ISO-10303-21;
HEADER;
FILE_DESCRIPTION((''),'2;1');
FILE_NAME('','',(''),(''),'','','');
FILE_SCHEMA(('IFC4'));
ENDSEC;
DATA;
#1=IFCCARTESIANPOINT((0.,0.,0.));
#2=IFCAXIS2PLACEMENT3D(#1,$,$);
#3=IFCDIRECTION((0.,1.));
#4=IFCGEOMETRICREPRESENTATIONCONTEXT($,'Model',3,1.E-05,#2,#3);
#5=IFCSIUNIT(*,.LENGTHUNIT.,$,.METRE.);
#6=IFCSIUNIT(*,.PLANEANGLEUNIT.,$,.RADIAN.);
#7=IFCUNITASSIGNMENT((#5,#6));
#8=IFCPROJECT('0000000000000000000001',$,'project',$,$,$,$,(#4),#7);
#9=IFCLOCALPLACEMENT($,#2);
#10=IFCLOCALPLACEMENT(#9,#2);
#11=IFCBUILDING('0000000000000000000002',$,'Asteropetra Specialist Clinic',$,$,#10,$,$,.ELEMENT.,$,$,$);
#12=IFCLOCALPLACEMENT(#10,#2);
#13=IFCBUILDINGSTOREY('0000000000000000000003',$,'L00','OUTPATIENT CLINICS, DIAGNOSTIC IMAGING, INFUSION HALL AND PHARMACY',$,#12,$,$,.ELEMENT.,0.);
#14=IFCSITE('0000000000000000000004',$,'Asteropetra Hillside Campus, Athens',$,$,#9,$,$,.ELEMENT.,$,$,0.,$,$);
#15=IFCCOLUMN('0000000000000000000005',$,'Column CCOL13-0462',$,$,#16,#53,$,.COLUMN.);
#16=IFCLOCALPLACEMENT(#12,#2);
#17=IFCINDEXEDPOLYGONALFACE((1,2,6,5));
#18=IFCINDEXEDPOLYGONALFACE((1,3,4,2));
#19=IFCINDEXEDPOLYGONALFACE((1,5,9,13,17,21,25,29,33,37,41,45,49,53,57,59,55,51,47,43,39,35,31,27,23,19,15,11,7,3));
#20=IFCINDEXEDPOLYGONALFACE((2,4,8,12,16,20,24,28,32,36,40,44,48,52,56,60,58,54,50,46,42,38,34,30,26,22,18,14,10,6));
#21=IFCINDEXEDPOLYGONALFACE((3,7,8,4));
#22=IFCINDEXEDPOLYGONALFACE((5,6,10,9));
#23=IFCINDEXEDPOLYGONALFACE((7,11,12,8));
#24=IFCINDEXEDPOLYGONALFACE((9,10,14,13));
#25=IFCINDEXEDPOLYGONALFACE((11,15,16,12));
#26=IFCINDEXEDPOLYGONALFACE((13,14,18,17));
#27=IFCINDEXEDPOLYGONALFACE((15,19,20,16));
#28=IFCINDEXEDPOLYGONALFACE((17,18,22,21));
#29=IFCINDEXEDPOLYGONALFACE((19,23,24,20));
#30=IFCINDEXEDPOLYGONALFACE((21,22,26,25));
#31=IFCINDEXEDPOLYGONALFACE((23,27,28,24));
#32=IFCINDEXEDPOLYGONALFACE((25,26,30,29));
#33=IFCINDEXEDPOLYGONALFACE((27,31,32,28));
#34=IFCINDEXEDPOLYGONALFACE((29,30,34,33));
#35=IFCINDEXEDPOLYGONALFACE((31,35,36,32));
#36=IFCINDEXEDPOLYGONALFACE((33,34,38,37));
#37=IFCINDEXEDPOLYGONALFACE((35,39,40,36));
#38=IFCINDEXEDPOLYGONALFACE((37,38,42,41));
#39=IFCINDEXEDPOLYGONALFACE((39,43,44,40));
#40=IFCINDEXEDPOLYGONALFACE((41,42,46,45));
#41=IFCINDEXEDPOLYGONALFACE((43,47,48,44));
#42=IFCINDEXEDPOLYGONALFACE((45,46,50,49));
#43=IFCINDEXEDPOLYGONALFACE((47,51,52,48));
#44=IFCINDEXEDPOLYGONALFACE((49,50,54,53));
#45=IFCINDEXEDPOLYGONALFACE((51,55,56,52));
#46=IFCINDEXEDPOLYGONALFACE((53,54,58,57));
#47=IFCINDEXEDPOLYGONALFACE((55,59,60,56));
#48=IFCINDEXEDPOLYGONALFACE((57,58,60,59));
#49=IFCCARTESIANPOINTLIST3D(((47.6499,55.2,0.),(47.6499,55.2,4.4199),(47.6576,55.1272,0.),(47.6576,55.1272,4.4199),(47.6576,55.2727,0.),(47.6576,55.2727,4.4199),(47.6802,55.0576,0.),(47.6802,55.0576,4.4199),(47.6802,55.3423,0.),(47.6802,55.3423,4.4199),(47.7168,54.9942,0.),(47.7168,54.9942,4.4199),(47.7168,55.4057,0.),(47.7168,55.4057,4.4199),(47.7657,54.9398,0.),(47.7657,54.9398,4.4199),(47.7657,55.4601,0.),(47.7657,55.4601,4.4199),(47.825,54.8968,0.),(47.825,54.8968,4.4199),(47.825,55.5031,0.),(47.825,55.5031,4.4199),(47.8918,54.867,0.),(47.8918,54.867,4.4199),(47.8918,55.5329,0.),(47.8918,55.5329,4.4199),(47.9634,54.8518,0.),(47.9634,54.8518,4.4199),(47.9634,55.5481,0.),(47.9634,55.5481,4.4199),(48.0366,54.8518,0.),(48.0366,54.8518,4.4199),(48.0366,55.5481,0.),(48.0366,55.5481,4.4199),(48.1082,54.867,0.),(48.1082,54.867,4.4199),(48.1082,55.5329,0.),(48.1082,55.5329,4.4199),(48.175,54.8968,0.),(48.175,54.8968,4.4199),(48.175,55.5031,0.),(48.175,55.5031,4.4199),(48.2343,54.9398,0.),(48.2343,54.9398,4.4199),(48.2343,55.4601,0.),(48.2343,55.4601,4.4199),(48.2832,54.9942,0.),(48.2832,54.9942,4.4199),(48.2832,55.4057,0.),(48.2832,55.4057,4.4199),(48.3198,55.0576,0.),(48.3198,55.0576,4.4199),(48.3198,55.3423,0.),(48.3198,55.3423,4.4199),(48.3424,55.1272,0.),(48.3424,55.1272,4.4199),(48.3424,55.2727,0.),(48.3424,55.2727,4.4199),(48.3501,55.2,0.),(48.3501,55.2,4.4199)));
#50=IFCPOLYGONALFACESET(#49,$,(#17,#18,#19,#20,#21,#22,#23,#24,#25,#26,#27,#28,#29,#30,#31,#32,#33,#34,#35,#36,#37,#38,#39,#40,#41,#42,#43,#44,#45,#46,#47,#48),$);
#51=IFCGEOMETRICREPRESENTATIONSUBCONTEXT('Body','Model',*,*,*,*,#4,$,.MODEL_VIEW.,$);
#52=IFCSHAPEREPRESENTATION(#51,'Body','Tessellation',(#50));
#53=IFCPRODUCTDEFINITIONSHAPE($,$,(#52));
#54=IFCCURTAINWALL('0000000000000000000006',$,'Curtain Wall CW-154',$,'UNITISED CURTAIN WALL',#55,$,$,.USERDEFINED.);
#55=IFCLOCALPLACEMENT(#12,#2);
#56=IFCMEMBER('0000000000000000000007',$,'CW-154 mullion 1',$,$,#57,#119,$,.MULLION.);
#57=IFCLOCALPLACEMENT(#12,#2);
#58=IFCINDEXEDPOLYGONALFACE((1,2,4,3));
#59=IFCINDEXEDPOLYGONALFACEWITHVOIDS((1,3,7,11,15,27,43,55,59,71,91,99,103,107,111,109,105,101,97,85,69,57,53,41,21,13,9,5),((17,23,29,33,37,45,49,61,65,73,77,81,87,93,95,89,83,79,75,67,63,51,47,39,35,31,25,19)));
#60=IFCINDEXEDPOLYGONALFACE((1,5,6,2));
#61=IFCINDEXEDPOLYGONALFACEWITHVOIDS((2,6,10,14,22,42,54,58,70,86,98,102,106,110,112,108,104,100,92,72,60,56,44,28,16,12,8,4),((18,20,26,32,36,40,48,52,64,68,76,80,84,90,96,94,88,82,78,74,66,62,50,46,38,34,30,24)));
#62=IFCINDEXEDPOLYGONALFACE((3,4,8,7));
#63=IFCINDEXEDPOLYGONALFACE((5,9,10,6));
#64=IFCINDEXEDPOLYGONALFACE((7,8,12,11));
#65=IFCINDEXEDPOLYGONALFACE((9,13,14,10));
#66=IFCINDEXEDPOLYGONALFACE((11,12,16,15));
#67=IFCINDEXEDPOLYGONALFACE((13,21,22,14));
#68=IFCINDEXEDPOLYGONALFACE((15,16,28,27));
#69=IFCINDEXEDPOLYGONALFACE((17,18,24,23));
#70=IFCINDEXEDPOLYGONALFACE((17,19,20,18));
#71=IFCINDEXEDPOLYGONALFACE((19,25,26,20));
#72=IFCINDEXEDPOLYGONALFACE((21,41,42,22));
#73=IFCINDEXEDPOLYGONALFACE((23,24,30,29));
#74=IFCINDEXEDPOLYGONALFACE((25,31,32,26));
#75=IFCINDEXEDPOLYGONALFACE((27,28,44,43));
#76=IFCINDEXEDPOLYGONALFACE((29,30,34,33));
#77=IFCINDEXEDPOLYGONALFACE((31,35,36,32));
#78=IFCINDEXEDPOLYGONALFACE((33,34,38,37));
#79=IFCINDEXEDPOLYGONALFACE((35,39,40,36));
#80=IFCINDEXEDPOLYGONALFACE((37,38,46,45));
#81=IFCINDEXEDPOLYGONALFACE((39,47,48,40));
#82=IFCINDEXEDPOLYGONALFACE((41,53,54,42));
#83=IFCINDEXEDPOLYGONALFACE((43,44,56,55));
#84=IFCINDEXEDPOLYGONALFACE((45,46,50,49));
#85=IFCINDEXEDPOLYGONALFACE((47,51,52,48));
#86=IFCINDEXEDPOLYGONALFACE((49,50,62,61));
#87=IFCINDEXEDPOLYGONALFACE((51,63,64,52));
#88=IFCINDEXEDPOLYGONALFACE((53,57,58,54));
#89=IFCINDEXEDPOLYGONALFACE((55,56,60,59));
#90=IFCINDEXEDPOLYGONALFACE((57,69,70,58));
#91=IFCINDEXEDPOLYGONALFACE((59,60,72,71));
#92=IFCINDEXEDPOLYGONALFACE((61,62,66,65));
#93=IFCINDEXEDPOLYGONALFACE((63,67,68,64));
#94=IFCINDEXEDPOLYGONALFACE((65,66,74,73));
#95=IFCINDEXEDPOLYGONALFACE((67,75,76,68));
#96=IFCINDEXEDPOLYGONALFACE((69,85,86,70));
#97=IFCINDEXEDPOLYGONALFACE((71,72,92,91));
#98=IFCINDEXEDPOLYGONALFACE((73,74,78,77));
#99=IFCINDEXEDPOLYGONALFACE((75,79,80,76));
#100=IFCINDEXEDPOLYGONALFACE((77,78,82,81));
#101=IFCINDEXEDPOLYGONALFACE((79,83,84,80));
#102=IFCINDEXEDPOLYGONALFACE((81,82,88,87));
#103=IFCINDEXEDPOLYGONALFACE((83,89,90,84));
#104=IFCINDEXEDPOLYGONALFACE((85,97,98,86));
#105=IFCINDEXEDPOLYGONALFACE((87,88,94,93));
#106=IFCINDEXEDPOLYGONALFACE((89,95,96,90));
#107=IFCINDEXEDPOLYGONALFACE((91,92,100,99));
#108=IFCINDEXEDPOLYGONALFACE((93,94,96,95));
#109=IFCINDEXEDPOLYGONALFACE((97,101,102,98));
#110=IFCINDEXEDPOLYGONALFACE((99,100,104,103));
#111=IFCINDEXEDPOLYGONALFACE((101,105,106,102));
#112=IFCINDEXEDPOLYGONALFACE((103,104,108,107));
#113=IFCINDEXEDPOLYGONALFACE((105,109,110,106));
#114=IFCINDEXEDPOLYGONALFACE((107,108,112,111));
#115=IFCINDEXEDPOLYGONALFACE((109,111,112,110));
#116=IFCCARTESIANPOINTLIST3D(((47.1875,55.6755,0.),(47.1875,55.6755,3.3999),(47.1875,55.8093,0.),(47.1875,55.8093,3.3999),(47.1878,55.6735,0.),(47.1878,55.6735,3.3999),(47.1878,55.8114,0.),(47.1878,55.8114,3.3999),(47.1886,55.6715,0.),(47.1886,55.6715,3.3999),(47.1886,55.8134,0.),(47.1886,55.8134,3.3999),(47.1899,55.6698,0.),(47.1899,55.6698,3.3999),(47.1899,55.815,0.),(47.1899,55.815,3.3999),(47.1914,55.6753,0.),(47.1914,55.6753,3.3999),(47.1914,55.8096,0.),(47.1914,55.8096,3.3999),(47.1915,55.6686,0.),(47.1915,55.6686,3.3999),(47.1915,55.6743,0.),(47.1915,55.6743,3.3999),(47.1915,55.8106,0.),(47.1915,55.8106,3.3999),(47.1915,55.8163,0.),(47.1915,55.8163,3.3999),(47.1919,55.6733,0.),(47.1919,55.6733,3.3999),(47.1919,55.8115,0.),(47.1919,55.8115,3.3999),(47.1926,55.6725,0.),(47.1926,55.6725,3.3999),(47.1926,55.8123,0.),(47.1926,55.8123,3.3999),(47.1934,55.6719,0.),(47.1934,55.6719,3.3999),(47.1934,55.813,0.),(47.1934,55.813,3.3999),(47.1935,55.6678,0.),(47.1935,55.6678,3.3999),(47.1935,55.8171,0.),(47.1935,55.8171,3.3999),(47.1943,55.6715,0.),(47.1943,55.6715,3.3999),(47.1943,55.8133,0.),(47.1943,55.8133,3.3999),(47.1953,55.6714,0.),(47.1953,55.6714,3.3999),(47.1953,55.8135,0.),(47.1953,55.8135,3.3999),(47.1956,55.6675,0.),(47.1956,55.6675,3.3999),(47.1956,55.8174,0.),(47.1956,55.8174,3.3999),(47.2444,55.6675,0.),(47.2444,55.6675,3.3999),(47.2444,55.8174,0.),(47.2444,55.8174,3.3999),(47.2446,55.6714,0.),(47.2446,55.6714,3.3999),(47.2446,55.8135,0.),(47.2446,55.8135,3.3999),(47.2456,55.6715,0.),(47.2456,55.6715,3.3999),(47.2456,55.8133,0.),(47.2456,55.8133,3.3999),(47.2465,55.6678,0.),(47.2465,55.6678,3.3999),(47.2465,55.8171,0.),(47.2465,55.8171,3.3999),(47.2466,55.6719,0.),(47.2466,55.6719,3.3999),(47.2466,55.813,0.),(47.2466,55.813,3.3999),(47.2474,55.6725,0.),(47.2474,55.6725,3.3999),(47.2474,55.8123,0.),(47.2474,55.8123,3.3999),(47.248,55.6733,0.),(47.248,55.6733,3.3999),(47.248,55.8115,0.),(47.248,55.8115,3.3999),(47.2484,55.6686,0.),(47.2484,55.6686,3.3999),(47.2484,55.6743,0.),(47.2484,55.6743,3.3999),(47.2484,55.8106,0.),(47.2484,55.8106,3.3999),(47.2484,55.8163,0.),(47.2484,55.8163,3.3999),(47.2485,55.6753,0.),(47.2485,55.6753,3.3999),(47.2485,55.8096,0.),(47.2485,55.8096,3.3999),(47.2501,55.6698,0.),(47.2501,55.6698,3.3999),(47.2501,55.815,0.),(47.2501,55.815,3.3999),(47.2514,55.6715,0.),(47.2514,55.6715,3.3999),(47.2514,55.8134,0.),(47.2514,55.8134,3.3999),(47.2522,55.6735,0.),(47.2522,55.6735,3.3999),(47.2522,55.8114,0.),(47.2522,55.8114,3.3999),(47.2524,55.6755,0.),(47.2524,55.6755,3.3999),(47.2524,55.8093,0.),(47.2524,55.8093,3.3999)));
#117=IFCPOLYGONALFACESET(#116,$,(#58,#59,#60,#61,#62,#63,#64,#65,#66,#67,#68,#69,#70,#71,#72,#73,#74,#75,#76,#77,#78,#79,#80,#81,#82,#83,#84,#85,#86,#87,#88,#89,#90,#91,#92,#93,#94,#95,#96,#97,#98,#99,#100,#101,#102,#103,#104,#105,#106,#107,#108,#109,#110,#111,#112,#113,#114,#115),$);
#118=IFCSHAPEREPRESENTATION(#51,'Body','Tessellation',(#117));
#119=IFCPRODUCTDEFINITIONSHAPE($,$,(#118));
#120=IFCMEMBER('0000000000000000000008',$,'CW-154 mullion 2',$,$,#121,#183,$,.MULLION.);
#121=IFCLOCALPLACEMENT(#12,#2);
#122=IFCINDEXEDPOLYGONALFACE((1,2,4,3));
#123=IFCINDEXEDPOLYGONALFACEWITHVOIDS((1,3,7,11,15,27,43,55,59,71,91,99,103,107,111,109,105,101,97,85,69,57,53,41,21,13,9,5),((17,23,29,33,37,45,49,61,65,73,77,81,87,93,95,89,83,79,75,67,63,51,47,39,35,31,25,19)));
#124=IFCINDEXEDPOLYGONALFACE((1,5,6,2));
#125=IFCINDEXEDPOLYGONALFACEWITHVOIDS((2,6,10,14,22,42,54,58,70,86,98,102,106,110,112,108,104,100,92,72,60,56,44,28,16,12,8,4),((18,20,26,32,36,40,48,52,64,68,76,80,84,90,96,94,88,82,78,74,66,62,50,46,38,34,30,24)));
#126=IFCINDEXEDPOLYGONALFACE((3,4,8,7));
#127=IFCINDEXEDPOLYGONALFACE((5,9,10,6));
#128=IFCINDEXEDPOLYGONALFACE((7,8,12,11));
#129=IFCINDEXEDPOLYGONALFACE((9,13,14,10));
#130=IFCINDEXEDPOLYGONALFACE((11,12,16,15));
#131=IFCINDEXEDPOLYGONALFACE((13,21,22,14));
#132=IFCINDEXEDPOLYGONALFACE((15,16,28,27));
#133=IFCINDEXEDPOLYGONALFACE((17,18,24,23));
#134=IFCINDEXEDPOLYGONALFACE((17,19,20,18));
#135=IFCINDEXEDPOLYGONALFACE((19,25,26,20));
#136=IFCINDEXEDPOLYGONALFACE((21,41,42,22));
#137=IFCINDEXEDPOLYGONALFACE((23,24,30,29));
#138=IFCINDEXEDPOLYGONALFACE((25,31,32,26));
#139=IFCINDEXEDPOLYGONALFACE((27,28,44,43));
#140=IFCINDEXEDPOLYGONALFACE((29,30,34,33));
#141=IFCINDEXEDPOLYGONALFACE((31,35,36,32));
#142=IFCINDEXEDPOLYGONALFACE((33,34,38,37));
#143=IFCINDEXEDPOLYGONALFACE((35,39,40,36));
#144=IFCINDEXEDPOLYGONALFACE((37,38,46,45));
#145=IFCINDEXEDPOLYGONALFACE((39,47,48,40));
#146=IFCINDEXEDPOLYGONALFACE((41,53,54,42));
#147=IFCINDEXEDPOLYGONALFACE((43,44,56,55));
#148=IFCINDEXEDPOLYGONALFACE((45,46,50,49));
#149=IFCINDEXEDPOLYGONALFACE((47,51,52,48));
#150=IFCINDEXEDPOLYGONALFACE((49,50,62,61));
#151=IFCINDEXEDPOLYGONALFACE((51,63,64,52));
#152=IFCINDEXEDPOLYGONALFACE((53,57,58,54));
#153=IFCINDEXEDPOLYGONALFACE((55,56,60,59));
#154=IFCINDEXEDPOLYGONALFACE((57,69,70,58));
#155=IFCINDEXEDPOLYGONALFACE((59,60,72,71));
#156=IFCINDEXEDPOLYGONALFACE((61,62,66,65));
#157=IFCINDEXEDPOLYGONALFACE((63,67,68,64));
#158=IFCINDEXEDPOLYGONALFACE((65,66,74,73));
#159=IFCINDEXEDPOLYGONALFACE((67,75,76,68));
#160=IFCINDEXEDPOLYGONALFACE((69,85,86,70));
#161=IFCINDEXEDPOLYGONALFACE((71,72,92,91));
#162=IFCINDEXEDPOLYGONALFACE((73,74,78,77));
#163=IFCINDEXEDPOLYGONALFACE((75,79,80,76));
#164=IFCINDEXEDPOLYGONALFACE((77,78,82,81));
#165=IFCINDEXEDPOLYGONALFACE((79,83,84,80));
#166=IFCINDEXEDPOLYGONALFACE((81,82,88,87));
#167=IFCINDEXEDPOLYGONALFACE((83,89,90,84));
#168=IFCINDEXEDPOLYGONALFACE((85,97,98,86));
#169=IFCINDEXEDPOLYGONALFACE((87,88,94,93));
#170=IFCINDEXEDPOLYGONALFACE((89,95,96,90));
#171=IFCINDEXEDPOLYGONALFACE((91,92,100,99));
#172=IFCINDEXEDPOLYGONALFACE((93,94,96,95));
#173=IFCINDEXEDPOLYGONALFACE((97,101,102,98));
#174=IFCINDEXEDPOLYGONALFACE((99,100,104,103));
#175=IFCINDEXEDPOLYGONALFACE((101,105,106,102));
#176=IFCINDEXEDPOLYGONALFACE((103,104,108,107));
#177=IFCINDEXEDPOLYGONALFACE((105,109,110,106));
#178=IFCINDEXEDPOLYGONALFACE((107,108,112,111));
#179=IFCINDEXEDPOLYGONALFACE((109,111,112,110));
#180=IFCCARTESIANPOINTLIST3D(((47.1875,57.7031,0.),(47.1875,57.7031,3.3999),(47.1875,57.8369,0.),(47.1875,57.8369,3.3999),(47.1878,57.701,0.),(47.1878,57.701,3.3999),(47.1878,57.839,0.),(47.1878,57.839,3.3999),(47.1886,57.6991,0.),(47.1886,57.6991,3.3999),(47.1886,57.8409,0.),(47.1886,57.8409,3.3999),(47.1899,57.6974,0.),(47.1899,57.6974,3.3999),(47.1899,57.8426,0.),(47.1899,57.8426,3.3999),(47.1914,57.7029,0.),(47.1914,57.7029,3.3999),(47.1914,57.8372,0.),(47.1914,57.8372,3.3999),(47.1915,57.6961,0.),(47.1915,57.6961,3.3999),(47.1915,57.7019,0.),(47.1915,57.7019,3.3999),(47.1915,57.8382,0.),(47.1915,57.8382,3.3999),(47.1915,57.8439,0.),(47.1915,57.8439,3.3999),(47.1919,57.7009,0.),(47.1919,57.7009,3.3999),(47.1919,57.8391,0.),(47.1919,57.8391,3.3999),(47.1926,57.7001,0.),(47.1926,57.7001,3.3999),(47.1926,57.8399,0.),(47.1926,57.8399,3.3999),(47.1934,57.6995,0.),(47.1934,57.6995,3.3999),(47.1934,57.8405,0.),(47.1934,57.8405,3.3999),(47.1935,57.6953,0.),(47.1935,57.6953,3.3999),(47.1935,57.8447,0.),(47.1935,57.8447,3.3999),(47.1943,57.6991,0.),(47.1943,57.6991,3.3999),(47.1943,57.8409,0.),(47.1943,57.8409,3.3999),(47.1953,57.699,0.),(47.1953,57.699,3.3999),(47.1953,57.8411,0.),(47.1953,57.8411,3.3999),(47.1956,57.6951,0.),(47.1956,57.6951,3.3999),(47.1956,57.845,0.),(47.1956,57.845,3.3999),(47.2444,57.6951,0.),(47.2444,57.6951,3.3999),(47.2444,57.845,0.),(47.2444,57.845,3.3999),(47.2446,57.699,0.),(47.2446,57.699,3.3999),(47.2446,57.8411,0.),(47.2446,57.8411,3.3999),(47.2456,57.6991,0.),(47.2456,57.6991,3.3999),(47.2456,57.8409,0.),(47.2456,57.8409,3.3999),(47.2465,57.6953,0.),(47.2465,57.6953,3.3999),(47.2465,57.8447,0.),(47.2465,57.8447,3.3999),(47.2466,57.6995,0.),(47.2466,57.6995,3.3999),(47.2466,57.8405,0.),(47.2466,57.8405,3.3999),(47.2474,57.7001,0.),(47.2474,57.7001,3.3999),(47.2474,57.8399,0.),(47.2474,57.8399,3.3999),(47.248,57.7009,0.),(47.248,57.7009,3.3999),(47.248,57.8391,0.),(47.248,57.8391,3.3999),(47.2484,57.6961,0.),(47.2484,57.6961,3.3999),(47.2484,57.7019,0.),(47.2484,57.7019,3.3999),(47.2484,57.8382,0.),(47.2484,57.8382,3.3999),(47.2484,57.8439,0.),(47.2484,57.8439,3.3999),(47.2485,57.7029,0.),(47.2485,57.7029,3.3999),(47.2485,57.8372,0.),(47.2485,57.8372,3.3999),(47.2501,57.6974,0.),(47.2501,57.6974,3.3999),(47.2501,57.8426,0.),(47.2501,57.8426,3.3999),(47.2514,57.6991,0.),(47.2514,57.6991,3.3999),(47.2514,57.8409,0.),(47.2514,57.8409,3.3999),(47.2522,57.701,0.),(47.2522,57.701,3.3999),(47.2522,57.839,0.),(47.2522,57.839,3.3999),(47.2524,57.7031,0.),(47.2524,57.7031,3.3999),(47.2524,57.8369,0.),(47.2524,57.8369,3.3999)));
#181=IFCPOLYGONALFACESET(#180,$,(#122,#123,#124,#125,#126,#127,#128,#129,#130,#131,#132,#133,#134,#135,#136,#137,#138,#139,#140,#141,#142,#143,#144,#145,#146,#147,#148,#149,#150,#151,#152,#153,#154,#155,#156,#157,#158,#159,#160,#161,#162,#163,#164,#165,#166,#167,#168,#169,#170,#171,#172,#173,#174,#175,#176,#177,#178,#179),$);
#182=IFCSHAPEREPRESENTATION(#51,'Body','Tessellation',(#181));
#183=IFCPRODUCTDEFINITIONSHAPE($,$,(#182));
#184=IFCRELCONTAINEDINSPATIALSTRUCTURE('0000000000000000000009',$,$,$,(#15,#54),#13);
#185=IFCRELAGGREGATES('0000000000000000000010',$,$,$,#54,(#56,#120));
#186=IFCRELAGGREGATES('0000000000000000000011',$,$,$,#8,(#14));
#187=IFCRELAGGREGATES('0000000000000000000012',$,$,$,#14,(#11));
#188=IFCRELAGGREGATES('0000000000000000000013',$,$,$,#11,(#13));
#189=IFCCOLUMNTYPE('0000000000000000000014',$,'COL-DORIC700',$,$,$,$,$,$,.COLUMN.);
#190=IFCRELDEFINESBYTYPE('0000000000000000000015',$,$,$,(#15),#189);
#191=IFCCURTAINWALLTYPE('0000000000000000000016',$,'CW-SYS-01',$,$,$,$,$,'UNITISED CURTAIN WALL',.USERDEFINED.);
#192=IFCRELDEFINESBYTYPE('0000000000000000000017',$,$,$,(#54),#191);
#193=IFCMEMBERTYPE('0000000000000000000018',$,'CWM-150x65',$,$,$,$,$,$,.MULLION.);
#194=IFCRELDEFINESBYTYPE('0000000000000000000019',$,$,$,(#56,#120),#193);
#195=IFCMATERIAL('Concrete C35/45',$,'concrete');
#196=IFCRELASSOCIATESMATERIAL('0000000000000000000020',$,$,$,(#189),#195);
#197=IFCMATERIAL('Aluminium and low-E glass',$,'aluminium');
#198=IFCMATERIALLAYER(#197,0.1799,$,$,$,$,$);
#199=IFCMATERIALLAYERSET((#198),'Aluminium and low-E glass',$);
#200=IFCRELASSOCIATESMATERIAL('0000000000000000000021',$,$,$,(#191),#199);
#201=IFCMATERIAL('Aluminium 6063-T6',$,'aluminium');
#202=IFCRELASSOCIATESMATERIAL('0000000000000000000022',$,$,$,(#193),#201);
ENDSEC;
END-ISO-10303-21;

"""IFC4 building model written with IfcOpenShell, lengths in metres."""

from ifc_helpers import new_model, si_unit, direction, frame, origin, origin_2d, place, context, subcontext, project, spatial, hollow_rectangle, circle, extrude, material, layer, layer_set, material_profile, profile_set, type_object, element, aggregate, save


model = new_model("IFC4")

# Units and contexts
model_context = context("Model", 3, precision=1e-05, world=origin(), true_north=direction((0.0, 1.0)))
body_context = subcontext(model_context, "Body", "Model", "MODEL_VIEW")
ifc_project = project(units=[si_unit("LENGTHUNIT", "METRE"), si_unit("PLANEANGLEUNIT", "RADIAN")], contexts=[model_context])

# Site, building, storey
site_placement = place(None, origin())
site = spatial("IfcSite", under=ifc_project, at=site_placement, Name="Asteropetra Hillside Campus, Athens", CompositionType="ELEMENT", RefElevation=0.0)
building_placement = place(site_placement, origin())
building = spatial("IfcBuilding", under=site, at=building_placement, Name="Asteropetra Specialist Clinic", CompositionType="ELEMENT")
storey_placement = place(building_placement, origin())
storey = spatial("IfcBuildingStorey", under=building, at=storey_placement, Name="L00", Description="OUTPATIENT CLINICS, DIAGNOSTIC IMAGING, INFUSION HALL AND PHARMACY", CompositionType="ELEMENT", Elevation=0.0)

# Column
ifc_material_1 = material(Name="Concrete C35/45", Category="concrete")
ifc_material_profile_1 = material_profile(ifc_material_1, circle(Radius=0.3501, at=origin_2d()), Name="RCC D700")
ifc_profile_set_1 = profile_set([ifc_material_profile_1], Name="Concrete C35/45")
column_type = type_object("IfcColumnType", Name="COL-DORIC700", PredefinedType="COLUMN", material=ifc_profile_set_1)
column_placement = place(storey_placement, frame((48.0, 55.2, 0.0), z_axis=(0.0, 0.0, 1.0), x_axis=(1.0, 0.0, 0.0)))
element("IfcColumn", 1, at=column_placement, inside=storey, type_object=column_type, Name="Column CCOL13-0462", PredefinedType="COLUMN", context=body_context, shape_type="SweptSolid", body=[
    extrude(circle(Radius=0.3501, at=origin_2d()), origin(), (0.0, 0.0, 1.0), 4.4199),
])

# Curtain wall, members
ifc_material_2 = material(Name="Aluminium and low-E glass", Category="aluminium")
ifc_layer_1 = layer(ifc_material_2, 0.1799)
ifc_layer_set_1 = layer_set([ifc_layer_1], Name="Aluminium and low-E glass")
curtain_wall_type = type_object("IfcCurtainWallType", Name="CW-SYS-01", ElementType="UNITISED CURTAIN WALL", PredefinedType="USERDEFINED", material=ifc_layer_set_1)
curtain_wall_placement = place(storey_placement, origin())
curtain_wall = element("IfcCurtainWall", 2, at=curtain_wall_placement, inside=storey, type_object=curtain_wall_type, Name="Curtain Wall CW-154", ObjectType="UNITISED CURTAIN WALL", PredefinedType="USERDEFINED")
ifc_material_3 = material(Name="Aluminium 6063-T6", Category="aluminium")
ifc_material_profile_2 = material_profile(ifc_material_3, hollow_rectangle(XDim=0.0649, YDim=0.1499, WallThickness=0.0039, InnerFilletRadius=0.0039, OuterFilletRadius=0.0081, at=origin_2d()), Name="MUL 150x65x4.0")
ifc_profile_set_2 = profile_set([ifc_material_profile_2], Name="Aluminium 6063-T6")
member_type_1 = type_object("IfcMemberType", Name="CWM-150x65", PredefinedType="MULLION", material=ifc_profile_set_2)
member_1_placement = place(storey_placement, frame((47.22, 55.7424, 0.0), z_axis=(0.0, 0.0, 1.0), x_axis=(-1.0, 0.0, 0.0)))
member_1 = element("IfcMember", 3, at=member_1_placement, type_object=member_type_1, Name="CW-154 mullion 1", PredefinedType="MULLION", context=body_context, shape_type="SweptSolid", body=[
    extrude(hollow_rectangle(XDim=0.0649, YDim=0.1499, WallThickness=0.0039, InnerFilletRadius=0.0039, OuterFilletRadius=0.0081, at=origin_2d()), origin(), (0.0, 0.0, 1.0), 3.3999),
])
member_2_placement = place(storey_placement, frame((47.22, 57.77, 0.0), z_axis=(0.0, 0.0, 1.0), x_axis=(-1.0, 0.0, 0.0)))
member_2 = element("IfcMember", 4, at=member_2_placement, type_object=member_type_1, Name="CW-154 mullion 2", PredefinedType="MULLION", context=body_context, shape_type="SweptSolid", body=[
    extrude(hollow_rectangle(XDim=0.0649, YDim=0.1499, WallThickness=0.0039, InnerFilletRadius=0.0039, OuterFilletRadius=0.0081, at=origin_2d()), origin(), (0.0, 0.0, 1.0), 3.3999),
])

aggregate(curtain_wall, [member_1, member_2])

save(model, "model.ifc")
